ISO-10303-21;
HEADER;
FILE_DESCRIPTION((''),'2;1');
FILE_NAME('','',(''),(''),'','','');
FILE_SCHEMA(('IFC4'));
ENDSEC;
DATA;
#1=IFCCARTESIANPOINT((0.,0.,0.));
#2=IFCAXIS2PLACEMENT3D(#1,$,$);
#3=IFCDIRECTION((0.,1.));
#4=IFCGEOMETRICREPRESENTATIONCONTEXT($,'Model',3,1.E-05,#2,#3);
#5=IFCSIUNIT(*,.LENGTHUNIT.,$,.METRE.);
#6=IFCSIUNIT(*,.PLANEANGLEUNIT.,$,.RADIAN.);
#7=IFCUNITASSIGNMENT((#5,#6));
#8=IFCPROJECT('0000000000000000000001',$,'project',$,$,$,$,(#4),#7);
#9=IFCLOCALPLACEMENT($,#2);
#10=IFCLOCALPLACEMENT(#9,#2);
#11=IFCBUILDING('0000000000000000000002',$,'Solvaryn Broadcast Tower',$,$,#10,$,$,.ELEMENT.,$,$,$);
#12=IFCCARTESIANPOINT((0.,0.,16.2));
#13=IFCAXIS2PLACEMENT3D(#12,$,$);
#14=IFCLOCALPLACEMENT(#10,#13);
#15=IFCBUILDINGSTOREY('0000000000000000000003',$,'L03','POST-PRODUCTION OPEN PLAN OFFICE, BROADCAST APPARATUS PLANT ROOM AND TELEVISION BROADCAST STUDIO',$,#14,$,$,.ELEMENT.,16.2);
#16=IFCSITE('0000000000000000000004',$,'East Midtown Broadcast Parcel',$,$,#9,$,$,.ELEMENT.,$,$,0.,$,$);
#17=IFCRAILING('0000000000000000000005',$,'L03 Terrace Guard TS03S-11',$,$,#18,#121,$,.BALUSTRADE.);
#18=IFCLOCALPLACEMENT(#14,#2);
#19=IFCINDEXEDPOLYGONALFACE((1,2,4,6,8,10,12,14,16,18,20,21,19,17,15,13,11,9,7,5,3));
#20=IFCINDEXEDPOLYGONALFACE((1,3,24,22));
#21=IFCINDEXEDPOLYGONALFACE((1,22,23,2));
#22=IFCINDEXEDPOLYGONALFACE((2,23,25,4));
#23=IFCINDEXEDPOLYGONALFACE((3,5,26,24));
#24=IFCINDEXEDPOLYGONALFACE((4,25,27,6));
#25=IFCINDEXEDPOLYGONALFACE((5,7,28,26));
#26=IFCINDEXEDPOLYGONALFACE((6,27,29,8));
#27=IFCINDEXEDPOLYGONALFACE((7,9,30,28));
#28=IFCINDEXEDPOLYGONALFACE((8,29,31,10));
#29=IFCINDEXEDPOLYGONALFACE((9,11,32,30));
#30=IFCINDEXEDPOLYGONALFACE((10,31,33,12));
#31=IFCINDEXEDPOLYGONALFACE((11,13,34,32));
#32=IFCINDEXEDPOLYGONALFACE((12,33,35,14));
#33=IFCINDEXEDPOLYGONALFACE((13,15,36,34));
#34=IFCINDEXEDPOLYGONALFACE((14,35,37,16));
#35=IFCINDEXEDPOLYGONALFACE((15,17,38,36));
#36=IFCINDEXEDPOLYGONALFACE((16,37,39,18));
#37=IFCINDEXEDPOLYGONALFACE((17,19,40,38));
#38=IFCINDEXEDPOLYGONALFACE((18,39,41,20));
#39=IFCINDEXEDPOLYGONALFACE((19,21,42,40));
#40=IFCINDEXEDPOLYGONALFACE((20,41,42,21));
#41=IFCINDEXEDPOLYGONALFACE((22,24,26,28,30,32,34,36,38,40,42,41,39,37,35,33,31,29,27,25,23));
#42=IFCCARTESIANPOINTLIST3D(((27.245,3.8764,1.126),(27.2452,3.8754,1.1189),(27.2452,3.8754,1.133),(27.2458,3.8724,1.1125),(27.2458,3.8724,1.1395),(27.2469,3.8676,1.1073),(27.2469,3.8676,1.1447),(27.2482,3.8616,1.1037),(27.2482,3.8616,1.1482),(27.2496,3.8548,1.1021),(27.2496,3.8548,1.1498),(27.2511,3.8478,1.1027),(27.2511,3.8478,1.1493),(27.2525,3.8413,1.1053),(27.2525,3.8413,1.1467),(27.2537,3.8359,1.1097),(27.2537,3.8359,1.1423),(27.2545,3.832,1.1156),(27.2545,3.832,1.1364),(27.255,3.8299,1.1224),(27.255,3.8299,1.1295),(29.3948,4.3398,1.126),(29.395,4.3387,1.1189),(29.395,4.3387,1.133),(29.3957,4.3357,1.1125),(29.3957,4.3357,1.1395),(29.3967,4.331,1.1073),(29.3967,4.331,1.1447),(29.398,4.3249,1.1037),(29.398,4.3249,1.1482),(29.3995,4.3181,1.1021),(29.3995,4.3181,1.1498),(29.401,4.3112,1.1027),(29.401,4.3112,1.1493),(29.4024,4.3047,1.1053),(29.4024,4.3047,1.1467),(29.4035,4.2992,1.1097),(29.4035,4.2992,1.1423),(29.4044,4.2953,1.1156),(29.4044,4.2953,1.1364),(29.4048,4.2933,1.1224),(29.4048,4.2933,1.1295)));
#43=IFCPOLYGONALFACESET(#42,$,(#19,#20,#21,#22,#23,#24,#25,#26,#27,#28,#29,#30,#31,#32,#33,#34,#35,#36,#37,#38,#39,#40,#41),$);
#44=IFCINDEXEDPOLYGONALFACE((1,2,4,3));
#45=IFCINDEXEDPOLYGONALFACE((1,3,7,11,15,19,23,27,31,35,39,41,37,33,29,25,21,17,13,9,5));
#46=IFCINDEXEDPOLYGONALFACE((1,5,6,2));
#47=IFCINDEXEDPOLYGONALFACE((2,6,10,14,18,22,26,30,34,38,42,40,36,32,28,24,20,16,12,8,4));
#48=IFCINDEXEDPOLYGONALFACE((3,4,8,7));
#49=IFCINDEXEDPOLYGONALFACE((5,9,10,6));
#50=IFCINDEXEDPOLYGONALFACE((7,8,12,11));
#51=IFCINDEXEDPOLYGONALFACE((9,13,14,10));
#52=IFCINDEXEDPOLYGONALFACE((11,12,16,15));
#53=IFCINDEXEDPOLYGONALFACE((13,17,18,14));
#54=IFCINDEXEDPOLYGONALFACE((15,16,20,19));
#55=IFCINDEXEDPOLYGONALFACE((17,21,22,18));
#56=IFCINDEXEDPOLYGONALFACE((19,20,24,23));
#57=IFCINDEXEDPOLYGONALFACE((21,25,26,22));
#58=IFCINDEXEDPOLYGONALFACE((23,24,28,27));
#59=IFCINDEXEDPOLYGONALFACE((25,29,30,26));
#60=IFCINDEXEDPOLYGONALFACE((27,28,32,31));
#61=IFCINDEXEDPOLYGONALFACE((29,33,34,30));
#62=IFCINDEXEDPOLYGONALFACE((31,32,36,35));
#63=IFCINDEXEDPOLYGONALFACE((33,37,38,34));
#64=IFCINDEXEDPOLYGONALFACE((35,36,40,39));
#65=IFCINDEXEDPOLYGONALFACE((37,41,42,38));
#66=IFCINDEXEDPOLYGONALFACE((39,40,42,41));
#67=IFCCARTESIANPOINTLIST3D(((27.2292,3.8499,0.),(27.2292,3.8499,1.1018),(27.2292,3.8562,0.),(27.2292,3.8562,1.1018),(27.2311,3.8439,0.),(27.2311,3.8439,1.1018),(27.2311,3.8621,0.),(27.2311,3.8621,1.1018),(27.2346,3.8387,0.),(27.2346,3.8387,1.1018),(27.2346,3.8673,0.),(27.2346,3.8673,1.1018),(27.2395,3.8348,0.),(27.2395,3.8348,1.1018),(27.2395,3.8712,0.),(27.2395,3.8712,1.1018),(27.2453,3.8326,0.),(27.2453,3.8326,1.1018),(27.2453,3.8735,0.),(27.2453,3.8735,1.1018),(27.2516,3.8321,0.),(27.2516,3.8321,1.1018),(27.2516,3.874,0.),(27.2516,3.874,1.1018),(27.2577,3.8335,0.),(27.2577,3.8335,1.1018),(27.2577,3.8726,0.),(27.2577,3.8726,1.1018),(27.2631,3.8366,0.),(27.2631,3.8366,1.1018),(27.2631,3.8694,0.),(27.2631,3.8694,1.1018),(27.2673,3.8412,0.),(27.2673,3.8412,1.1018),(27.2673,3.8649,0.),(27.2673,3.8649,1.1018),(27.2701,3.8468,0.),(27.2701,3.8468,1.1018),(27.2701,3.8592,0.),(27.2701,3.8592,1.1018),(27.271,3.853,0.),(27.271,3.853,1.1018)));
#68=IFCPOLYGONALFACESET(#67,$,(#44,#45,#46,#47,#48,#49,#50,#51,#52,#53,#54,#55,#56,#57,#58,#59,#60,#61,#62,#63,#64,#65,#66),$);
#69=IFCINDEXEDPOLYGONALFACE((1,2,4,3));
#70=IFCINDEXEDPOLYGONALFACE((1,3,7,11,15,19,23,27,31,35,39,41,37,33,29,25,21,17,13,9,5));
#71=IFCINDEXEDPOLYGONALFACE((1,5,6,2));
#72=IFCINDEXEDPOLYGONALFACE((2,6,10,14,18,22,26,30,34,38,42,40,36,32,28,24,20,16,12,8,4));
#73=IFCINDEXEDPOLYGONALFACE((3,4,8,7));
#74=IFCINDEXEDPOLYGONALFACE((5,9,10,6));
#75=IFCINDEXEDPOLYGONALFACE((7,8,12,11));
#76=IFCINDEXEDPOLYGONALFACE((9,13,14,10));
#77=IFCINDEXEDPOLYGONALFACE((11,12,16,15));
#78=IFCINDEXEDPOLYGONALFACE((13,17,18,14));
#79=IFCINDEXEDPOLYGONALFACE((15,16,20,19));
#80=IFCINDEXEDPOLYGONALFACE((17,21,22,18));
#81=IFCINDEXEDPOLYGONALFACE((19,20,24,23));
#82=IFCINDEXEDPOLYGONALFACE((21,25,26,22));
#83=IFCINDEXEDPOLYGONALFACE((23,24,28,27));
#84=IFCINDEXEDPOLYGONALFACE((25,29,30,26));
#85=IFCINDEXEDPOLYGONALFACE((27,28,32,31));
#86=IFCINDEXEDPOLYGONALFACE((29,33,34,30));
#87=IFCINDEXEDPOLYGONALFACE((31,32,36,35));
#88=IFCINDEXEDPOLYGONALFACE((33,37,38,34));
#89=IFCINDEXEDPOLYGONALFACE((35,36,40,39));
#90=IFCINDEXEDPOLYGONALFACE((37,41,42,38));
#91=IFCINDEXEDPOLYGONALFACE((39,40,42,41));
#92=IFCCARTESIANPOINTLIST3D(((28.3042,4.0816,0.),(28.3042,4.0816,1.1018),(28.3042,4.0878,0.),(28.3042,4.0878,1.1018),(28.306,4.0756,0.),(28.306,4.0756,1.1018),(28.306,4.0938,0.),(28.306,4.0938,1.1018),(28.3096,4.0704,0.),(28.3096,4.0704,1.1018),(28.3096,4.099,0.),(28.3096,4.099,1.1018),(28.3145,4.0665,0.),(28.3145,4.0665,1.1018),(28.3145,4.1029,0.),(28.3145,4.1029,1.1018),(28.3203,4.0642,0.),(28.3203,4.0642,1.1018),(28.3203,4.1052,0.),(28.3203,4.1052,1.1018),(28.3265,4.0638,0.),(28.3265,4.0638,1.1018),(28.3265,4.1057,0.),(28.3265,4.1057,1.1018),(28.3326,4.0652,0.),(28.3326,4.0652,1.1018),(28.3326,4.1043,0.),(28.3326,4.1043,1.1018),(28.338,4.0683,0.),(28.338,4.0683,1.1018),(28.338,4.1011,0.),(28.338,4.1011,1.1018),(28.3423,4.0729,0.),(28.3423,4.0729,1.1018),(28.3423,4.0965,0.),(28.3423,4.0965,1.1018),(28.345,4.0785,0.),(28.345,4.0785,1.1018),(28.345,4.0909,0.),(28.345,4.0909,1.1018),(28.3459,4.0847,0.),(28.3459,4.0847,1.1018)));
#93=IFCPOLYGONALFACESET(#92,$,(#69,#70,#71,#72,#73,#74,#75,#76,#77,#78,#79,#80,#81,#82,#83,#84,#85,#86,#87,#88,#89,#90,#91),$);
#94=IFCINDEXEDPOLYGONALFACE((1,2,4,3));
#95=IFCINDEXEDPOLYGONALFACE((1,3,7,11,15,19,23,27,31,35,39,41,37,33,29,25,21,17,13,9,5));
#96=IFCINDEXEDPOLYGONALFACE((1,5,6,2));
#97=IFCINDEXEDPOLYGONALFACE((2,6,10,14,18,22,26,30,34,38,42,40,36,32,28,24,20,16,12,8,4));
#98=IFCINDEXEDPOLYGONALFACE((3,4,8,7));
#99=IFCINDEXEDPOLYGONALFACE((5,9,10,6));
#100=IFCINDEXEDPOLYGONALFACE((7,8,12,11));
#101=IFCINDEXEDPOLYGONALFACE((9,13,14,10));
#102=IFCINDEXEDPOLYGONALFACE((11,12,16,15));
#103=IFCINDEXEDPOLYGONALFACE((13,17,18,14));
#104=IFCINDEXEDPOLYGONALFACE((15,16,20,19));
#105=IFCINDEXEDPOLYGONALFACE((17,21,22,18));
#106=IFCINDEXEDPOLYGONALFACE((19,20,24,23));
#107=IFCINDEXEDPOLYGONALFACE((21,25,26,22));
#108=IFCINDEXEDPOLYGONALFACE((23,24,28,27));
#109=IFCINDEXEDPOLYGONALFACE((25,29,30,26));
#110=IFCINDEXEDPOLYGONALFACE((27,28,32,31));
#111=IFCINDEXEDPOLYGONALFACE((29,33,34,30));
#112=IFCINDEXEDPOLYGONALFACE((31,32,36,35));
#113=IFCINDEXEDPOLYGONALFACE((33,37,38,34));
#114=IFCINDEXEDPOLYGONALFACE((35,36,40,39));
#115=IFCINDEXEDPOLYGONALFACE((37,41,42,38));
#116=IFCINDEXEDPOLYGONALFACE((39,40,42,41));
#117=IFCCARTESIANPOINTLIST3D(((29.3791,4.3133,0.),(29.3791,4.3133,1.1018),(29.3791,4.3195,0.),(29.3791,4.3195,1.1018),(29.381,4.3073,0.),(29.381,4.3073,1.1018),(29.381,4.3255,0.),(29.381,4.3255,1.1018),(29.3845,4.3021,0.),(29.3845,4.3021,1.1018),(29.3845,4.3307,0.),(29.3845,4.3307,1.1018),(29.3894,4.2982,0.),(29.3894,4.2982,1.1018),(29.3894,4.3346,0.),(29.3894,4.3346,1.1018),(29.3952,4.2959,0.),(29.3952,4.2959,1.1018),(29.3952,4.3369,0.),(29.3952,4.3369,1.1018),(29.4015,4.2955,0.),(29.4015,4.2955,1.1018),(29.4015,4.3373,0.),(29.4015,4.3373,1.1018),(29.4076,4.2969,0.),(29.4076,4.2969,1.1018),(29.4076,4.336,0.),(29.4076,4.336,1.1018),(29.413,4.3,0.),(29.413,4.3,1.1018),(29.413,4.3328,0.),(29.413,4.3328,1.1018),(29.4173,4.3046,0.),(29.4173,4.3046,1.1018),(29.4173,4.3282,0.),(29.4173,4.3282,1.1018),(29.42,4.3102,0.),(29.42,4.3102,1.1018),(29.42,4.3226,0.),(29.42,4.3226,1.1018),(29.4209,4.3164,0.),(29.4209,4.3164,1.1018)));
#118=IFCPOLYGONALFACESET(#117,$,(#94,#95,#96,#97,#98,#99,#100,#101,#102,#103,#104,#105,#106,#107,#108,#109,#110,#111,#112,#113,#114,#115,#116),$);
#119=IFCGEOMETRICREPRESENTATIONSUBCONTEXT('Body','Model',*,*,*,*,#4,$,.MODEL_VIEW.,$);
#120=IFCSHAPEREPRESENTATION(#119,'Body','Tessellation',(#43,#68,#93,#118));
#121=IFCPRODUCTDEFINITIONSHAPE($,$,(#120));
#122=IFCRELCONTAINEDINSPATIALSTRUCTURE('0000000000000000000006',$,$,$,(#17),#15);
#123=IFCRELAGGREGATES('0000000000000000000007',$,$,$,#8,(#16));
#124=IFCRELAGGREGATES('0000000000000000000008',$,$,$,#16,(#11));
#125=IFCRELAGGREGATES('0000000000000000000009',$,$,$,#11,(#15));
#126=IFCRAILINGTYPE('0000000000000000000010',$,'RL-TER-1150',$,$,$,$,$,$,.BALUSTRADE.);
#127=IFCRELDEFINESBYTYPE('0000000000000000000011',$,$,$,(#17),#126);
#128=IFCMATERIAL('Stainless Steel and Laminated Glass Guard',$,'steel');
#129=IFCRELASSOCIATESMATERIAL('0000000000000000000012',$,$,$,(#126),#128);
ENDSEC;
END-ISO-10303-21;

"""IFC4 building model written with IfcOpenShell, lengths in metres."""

from ifc_helpers import new_model, si_unit, direction, frame, origin, origin_2d, place, context, subcontext, project, spatial, circle, extrude, material, type_object, element, save


model = new_model("IFC4")

# Units and contexts
model_context = context("Model", 3, precision=1e-05, world=origin(), true_north=direction((0.0, 1.0)))
body_context = subcontext(model_context, "Body", "Model", "MODEL_VIEW")
ifc_project = project(units=[si_unit("LENGTHUNIT", "METRE"), si_unit("PLANEANGLEUNIT", "RADIAN")], contexts=[model_context])

# Site, building, storey
site_placement = place(None, origin())
site = spatial("IfcSite", under=ifc_project, at=site_placement, Name="East Midtown Broadcast Parcel", CompositionType="ELEMENT", RefElevation=0.0)
building_placement = place(site_placement, origin())
building = spatial("IfcBuilding", under=site, at=building_placement, Name="Solvaryn Broadcast Tower", CompositionType="ELEMENT")
storey_placement = place(building_placement, frame((0.0, 0.0, 16.2)))
storey = spatial("IfcBuildingStorey", under=building, at=storey_placement, Name="L03", Description="POST-PRODUCTION OPEN PLAN OFFICE, BROADCAST APPARATUS PLANT ROOM AND TELEVISION BROADCAST STUDIO", CompositionType="ELEMENT", Elevation=16.2)

# Railing
ifc_material_1 = material(Name="Stainless Steel and Laminated Glass Guard", Category="steel")
railing_type = type_object("IfcRailingType", Name="RL-TER-1150", PredefinedType="BALUSTRADE", material=ifc_material_1)
railing_1_placement = place(storey_placement, frame((27.25, 3.853, 0.0)))
element("IfcRailing", 1, at=railing_1_placement, inside=storey, type_object=railing_type, Name="L03 Terrace Guard TS03S-11", PredefinedType="BALUSTRADE", context=body_context, shape_type="SweptSolid", body=[
    extrude(circle(Radius=0.0239, at=origin_2d()), frame((0.0, 0.0, 1.126), z_axis=(0.977552, 0.210696, 0.0), x_axis=(-0.210696, 0.977552, 0.0)), (0.0, 0.0, 1.0), 2.1992),
    extrude(circle(Radius=0.021, at=origin_2d()), origin(), (0.0, 0.0, 1.0), 1.1018),
    extrude(circle(Radius=0.021, at=origin_2d()), frame((1.075, 0.2317, 0.0)), (0.0, 0.0, 1.0), 1.1018),
    extrude(circle(Radius=0.021, at=origin_2d()), frame((2.1499, 0.4634, 0.0)), (0.0, 0.0, 1.0), 1.1018),
])

save(model, "model.ifc")
